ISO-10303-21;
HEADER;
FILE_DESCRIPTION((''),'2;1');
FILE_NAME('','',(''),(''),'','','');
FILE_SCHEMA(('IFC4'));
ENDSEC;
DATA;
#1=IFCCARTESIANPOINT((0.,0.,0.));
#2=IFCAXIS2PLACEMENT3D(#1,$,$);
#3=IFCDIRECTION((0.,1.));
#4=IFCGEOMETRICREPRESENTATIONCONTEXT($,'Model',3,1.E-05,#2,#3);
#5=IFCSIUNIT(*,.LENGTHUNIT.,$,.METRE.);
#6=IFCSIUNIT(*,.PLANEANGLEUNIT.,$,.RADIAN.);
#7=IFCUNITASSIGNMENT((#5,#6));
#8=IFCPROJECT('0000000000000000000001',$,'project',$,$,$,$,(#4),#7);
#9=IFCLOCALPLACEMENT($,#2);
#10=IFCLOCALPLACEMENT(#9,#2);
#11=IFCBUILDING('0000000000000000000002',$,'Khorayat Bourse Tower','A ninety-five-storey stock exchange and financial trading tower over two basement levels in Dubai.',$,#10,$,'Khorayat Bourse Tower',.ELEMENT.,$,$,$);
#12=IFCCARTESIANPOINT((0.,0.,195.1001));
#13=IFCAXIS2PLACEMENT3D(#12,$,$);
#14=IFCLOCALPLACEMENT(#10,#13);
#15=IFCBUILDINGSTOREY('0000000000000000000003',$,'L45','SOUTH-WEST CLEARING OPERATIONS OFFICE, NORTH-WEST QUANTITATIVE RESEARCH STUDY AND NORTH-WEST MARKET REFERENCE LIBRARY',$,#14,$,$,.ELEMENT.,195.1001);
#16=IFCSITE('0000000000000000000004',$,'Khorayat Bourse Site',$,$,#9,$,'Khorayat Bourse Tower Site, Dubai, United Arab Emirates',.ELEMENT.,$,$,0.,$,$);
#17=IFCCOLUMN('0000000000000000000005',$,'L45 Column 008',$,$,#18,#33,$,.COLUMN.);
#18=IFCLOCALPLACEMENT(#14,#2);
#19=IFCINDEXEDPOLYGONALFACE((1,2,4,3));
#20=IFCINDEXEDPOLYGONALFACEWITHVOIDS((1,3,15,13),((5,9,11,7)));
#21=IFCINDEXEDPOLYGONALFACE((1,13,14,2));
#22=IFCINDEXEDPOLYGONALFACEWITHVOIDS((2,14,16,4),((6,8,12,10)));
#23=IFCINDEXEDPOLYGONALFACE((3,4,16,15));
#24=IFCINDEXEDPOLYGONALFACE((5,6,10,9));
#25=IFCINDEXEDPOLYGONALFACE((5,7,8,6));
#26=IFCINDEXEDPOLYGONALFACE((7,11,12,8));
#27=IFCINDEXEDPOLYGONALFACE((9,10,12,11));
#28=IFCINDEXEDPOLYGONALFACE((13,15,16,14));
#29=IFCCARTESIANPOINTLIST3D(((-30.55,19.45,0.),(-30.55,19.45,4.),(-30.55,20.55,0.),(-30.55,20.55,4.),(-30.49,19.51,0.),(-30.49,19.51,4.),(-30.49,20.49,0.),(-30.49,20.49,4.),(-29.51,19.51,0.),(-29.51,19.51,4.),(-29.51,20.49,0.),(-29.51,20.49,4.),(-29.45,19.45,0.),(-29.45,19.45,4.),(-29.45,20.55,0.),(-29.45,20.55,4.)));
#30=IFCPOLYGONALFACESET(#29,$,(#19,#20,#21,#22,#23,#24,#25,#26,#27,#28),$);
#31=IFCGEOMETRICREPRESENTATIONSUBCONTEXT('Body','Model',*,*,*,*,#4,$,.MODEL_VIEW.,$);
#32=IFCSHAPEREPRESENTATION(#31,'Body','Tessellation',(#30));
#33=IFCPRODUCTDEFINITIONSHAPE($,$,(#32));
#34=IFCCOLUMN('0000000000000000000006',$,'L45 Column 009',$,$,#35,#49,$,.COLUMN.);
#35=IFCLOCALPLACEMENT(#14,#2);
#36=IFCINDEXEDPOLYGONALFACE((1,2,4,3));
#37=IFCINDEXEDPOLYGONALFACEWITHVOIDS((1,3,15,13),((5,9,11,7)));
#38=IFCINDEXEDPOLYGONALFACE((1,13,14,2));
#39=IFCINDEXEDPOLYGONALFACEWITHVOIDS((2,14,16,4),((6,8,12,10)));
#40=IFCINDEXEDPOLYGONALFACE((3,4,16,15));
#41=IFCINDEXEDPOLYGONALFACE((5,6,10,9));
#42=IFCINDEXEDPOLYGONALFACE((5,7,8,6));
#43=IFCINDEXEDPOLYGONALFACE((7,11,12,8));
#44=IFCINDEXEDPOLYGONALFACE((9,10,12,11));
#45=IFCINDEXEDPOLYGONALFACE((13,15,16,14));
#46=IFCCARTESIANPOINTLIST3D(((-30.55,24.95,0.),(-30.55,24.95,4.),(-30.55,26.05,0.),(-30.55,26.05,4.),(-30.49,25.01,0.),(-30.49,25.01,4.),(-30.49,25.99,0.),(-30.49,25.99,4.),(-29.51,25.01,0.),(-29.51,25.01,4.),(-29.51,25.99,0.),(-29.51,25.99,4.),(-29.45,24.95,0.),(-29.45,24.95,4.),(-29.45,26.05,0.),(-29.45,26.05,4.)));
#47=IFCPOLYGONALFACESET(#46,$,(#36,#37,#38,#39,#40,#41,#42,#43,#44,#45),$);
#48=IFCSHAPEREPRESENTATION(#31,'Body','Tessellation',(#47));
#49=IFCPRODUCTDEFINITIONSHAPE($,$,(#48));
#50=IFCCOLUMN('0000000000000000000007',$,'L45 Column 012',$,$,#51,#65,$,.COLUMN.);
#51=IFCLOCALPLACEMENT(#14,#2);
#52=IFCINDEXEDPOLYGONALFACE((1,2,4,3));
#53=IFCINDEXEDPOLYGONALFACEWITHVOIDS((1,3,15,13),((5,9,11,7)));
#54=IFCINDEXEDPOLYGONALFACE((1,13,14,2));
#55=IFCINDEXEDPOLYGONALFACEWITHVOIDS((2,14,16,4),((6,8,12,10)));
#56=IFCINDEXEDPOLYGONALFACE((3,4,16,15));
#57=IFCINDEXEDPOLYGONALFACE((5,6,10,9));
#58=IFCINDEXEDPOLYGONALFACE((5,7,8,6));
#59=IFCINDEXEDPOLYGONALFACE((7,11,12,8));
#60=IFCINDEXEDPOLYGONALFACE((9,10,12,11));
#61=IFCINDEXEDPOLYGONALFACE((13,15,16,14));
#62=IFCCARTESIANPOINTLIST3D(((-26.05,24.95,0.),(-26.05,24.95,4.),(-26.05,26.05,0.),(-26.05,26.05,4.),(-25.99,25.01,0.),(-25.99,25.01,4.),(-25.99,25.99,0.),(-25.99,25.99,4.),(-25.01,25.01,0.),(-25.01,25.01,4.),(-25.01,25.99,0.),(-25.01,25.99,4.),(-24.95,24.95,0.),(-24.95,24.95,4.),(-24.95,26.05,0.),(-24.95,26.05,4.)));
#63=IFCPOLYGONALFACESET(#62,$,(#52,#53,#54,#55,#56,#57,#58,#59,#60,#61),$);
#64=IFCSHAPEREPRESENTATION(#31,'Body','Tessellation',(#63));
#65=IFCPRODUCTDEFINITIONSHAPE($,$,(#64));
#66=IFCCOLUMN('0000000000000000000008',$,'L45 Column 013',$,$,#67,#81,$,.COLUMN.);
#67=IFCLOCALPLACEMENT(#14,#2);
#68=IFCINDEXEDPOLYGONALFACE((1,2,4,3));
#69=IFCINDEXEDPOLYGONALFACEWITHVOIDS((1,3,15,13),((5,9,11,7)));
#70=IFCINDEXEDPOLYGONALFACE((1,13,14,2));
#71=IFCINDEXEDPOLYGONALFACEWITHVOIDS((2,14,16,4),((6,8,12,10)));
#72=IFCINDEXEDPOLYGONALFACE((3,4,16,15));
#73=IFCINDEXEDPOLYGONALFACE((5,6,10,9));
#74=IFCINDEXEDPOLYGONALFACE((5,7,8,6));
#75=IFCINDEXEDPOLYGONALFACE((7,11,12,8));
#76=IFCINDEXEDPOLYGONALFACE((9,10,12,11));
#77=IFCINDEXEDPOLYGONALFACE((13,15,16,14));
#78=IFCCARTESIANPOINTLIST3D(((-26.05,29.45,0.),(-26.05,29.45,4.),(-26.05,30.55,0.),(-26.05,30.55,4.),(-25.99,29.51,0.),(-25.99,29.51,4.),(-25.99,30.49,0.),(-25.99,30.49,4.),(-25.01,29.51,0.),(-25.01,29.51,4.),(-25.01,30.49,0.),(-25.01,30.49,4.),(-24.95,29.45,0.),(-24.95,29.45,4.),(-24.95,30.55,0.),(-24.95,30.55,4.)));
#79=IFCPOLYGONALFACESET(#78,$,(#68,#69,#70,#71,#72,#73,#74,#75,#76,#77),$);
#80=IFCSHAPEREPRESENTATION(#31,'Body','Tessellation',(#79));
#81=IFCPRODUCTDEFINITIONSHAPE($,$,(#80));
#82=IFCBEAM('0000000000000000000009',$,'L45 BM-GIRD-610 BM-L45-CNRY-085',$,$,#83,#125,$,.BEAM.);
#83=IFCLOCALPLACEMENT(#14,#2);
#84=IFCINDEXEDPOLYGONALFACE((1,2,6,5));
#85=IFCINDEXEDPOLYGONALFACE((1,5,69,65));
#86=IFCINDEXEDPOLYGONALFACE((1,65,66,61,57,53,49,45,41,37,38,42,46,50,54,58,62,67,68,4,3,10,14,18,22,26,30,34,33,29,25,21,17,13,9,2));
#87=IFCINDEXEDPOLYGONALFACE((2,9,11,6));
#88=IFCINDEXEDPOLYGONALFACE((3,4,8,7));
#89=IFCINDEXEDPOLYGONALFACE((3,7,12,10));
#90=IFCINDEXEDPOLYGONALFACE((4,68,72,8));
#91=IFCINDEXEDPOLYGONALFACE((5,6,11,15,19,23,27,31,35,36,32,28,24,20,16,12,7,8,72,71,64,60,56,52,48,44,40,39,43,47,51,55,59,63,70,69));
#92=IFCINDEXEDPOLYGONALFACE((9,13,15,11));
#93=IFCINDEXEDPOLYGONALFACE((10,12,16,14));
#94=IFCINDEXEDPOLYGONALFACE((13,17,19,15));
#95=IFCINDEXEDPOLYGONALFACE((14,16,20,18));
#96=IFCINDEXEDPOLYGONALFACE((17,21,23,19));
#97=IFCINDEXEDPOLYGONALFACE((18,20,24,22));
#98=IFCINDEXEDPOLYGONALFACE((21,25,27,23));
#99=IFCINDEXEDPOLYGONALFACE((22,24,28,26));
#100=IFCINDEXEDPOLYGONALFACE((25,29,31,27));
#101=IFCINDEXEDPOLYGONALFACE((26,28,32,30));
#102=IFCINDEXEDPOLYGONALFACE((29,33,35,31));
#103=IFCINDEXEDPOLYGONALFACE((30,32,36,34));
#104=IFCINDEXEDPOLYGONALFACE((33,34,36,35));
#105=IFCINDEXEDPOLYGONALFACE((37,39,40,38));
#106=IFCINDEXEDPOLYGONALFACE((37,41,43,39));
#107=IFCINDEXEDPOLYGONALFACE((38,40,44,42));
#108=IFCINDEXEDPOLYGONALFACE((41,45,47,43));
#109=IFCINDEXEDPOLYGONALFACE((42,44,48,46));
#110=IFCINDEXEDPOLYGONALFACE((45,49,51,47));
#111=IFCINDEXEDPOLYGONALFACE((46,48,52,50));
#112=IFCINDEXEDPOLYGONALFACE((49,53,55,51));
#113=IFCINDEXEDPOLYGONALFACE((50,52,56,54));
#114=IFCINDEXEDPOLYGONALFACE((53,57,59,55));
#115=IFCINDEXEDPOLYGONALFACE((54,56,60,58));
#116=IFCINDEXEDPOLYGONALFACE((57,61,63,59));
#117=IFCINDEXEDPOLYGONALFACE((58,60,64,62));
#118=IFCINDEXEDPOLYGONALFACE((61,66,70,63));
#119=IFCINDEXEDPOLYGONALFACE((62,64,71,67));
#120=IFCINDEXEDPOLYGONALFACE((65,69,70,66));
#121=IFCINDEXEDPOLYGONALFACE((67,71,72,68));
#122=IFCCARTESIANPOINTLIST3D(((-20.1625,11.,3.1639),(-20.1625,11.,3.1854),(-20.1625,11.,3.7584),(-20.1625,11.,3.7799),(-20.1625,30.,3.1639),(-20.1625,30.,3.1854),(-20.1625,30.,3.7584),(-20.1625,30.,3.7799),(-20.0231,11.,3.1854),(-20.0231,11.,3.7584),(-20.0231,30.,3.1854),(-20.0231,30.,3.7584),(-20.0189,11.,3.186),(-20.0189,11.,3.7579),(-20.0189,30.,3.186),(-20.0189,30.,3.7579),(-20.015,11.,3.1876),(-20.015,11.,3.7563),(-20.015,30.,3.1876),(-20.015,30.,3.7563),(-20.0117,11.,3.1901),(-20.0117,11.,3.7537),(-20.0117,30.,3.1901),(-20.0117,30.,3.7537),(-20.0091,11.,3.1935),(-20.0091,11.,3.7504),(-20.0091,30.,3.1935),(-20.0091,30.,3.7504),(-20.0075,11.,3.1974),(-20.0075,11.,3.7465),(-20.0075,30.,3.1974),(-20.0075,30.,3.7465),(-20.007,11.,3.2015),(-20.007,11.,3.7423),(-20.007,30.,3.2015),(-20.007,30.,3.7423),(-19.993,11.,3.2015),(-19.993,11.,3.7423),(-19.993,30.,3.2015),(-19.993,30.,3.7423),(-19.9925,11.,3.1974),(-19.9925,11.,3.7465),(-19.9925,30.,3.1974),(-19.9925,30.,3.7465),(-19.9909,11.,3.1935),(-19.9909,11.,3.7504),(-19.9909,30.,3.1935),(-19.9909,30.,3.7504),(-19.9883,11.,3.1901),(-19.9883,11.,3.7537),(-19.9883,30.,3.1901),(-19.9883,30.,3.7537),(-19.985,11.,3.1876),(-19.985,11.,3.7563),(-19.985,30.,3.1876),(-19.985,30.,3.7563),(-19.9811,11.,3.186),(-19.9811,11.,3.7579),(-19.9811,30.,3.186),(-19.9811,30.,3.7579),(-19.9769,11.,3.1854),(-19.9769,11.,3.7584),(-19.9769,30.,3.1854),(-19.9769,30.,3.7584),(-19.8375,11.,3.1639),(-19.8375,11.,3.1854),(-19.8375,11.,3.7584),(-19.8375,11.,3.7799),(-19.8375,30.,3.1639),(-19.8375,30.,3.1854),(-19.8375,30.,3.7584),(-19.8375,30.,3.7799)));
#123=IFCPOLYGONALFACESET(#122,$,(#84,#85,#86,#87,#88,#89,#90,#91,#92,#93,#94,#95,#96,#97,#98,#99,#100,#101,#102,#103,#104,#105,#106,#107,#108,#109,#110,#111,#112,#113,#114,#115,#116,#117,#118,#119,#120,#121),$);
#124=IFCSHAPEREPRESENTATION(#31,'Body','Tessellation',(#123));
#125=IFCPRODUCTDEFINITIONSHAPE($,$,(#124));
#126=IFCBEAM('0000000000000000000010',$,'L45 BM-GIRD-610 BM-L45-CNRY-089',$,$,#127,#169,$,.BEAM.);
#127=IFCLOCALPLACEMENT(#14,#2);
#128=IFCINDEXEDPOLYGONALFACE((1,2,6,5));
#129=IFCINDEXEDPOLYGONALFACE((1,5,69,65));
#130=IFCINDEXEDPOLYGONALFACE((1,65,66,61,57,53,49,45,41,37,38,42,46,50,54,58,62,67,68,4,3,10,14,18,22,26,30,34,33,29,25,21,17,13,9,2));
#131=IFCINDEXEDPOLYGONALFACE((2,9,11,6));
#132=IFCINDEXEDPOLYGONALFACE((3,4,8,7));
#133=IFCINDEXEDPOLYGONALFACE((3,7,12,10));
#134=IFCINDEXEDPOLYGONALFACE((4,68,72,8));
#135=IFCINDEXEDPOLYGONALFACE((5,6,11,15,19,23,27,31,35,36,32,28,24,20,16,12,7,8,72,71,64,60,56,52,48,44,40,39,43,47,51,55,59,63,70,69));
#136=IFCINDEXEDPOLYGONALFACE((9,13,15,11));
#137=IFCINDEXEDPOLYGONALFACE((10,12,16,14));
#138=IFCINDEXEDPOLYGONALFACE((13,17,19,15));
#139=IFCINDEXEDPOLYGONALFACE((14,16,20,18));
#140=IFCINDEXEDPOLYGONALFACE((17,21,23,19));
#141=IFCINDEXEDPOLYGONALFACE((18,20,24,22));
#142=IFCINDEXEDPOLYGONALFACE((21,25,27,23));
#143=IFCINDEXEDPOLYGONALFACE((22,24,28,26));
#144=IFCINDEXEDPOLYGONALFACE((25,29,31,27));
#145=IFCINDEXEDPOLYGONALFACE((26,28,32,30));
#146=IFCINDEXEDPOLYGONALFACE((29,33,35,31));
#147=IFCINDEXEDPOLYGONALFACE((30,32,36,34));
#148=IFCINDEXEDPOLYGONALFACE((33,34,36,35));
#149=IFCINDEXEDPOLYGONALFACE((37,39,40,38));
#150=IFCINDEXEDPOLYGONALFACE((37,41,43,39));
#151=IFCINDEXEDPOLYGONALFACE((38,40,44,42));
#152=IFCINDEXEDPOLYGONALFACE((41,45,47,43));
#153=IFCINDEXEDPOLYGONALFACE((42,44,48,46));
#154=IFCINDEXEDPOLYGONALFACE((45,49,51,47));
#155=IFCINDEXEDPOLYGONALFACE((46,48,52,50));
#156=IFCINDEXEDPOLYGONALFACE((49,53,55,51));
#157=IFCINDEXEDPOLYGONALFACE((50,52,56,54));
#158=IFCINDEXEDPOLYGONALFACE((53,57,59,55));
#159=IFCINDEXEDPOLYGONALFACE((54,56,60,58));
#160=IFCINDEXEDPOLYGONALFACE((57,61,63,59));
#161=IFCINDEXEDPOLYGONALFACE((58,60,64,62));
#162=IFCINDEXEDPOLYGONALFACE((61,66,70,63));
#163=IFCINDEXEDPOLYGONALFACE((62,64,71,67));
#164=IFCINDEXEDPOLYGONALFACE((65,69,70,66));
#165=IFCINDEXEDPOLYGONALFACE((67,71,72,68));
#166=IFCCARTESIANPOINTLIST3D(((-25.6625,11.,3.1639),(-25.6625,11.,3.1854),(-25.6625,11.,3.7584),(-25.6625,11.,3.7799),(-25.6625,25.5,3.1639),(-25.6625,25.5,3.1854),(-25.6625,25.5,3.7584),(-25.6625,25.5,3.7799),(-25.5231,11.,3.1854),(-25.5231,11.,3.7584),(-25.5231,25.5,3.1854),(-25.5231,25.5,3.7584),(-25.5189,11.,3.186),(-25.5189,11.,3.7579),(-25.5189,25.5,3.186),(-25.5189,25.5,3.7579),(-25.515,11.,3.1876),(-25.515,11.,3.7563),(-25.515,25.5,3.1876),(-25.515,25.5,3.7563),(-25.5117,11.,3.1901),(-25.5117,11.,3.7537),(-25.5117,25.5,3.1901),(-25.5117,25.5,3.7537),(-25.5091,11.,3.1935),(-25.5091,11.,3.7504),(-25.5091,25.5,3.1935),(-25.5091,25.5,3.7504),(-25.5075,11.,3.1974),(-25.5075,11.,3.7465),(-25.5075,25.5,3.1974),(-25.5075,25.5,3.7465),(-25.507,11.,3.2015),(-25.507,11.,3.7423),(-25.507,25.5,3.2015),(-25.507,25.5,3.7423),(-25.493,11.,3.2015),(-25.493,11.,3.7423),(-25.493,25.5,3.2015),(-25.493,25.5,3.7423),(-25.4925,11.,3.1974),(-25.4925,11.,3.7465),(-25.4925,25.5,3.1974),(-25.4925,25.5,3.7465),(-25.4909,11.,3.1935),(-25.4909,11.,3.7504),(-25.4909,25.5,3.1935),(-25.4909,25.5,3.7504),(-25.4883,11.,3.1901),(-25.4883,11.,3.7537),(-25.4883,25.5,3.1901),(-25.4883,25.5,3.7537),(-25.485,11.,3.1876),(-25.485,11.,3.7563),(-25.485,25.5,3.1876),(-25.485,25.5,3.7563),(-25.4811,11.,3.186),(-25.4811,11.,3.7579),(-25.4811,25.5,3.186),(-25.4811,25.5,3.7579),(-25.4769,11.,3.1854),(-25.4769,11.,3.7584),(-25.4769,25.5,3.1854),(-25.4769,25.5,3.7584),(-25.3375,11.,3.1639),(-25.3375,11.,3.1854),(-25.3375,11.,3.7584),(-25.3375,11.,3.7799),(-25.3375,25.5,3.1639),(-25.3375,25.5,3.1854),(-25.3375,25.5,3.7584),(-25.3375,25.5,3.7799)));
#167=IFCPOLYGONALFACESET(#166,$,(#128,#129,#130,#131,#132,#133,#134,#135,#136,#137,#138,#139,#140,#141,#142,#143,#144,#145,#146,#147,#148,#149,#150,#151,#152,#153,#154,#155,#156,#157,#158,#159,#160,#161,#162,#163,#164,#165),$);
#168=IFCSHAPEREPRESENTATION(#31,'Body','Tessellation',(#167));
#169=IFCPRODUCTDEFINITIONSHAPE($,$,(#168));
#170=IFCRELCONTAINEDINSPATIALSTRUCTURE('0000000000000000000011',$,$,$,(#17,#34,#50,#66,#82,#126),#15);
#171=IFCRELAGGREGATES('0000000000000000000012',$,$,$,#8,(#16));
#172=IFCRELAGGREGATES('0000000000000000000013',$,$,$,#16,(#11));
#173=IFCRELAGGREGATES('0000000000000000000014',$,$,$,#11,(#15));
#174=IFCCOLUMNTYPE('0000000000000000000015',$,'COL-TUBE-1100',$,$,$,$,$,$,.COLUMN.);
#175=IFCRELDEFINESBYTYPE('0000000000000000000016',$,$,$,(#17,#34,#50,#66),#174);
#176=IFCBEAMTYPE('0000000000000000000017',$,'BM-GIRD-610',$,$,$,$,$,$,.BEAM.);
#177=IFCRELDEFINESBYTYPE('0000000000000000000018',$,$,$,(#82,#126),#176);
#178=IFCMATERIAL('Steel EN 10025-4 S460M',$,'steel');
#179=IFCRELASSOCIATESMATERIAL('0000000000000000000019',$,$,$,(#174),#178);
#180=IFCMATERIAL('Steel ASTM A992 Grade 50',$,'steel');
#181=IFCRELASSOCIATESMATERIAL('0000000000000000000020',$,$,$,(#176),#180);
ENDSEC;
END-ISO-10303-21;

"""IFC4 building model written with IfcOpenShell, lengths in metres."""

from ifc_helpers import new_model, si_unit, direction, frame, origin, origin_2d, place, context, subcontext, project, spatial, hollow_rectangle, i_section, extrude, source, transform, mapped, material, material_profile, profile_set, type_object, element, save


model = new_model("IFC4")

# Units and contexts
model_context = context("Model", 3, precision=1e-05, world=origin(), true_north=direction((0.0, 1.0)))
body_context = subcontext(model_context, "Body", "Model", "MODEL_VIEW")
ifc_project = project(units=[si_unit("LENGTHUNIT", "METRE"), si_unit("PLANEANGLEUNIT", "RADIAN")], contexts=[model_context])

# Site, building, storey
site_placement = place(None, origin())
site = spatial("IfcSite", under=ifc_project, at=site_placement, Name="Khorayat Bourse Site", LongName="Khorayat Bourse Tower Site, Dubai, United Arab Emirates", CompositionType="ELEMENT", RefElevation=0.0)
building_placement = place(site_placement, origin())
building = spatial("IfcBuilding", under=site, at=building_placement, Name="Khorayat Bourse Tower", Description="A ninety-five-storey stock exchange and financial trading tower over two basement levels in Dubai.", LongName="Khorayat Bourse Tower", CompositionType="ELEMENT")
storey_placement = place(building_placement, frame((0.0, 0.0, 195.1001)))
storey = spatial("IfcBuildingStorey", under=building, at=storey_placement, Name="L45", Description="SOUTH-WEST CLEARING OPERATIONS OFFICE, NORTH-WEST QUANTITATIVE RESEARCH STUDY AND NORTH-WEST MARKET REFERENCE LIBRARY", CompositionType="ELEMENT", Elevation=195.1001)

# Columns
ifc_material_1 = material(Name="Steel EN 10025-4 S460M", Category="steel")
ifc_material_profile_1 = material_profile(ifc_material_1, hollow_rectangle(XDim=1.1001, YDim=1.1001, WallThickness=0.0601, at=origin_2d()), Name="BOX 1100x1100x60")
ifc_profile_set_1 = profile_set([ifc_material_profile_1], Name="Steel EN 10025-4 S460M")
column_type = type_object("IfcColumnType", Name="COL-TUBE-1100", PredefinedType="COLUMN", material=ifc_profile_set_1)
shared_shape_1 = source(origin(), body_context, "Body", "SweptSolid", [
    extrude(hollow_rectangle(XDim=1.1001, YDim=1.1001, WallThickness=0.0601, at=origin_2d()), origin(), (0.0, 0.0, 1.0), 4.0),
])
for number, where, z_axis, x_axis, name in (
    (1, (-30.0, 20.0, 0.0), (0.0, 0.0, 1.0), (1.0, 0.0, 0.0), "L45 Column 008"),
    (2, (-30.0, 25.5, 0.0), (0.0, 0.0, 1.0), (1.0, 0.0, 0.0), "L45 Column 009"),
    (3, (-25.5, 25.5, 0.0), (0.0, 0.0, 1.0), (1.0, 0.0, 0.0), "L45 Column 012"),
    (4, (-25.5, 30.0, 0.0), (0.0, 0.0, 1.0), (1.0, 0.0, 0.0), "L45 Column 013"),
):
    element("IfcColumn", number, at=place(storey_placement, frame(where, z_axis=z_axis, x_axis=x_axis)), inside=storey, type_object=column_type, Name=name, PredefinedType="COLUMN", context=body_context, shape_type="MappedRepresentation", body=[
        mapped(shared_shape_1, transform((0.0, 0.0, 0.0), scale=1.0)),
    ])

# Beams
ifc_material_2 = material(Name="Steel ASTM A992 Grade 50", Category="steel")
ifc_material_profile_2 = material_profile(ifc_material_2, i_section(OverallWidth=0.325, OverallDepth=0.616, WebThickness=0.0139, FlangeThickness=0.0215, FilletRadius=0.0161, at=origin_2d()), Name="W610X174")
ifc_profile_set_2 = profile_set([ifc_material_profile_2], Name="Steel ASTM A992 Grade 50")
beam_type_1 = type_object("IfcBeamType", Name="BM-GIRD-610", PredefinedType="BEAM", material=ifc_profile_set_2)
shared_shape_2 = source(origin(), body_context, "Body", "SweptSolid", [
    extrude(i_section(OverallWidth=0.325, OverallDepth=0.616, WebThickness=0.0139, FlangeThickness=0.0215, FilletRadius=0.0161, at=origin_2d()), origin(), (0.0, 0.0, 1.0), 19.0),
])
beam_1_placement = place(storey_placement, frame((-20.0, 11.0, 3.4719), z_axis=(0.0, 1.0, 0.0), x_axis=(-1.0, 0.0, 0.0)))
element("IfcBeam", 5, at=beam_1_placement, inside=storey, type_object=beam_type_1, Name="L45 BM-GIRD-610 BM-L45-CNRY-085", PredefinedType="BEAM", context=body_context, shape_type="MappedRepresentation", body=[
    mapped(shared_shape_2, transform((0.0, 0.0, 0.0), scale=1.0)),
])
shared_shape_3 = source(origin(), body_context, "Body", "SweptSolid", [
    extrude(i_section(OverallWidth=0.325, OverallDepth=0.616, WebThickness=0.0139, FlangeThickness=0.0215, FilletRadius=0.0161, at=origin_2d()), origin(), (0.0, 0.0, 1.0), 14.5),
])
beam_2_placement = place(storey_placement, frame((-25.5, 11.0, 3.4719), z_axis=(0.0, 1.0, 0.0), x_axis=(-1.0, 0.0, 0.0)))
element("IfcBeam", 6, at=beam_2_placement, inside=storey, type_object=beam_type_1, Name="L45 BM-GIRD-610 BM-L45-CNRY-089", PredefinedType="BEAM", context=body_context, shape_type="MappedRepresentation", body=[
    mapped(shared_shape_3, transform((0.0, 0.0, 0.0), scale=1.0)),
])

save(model, "model.ifc")
